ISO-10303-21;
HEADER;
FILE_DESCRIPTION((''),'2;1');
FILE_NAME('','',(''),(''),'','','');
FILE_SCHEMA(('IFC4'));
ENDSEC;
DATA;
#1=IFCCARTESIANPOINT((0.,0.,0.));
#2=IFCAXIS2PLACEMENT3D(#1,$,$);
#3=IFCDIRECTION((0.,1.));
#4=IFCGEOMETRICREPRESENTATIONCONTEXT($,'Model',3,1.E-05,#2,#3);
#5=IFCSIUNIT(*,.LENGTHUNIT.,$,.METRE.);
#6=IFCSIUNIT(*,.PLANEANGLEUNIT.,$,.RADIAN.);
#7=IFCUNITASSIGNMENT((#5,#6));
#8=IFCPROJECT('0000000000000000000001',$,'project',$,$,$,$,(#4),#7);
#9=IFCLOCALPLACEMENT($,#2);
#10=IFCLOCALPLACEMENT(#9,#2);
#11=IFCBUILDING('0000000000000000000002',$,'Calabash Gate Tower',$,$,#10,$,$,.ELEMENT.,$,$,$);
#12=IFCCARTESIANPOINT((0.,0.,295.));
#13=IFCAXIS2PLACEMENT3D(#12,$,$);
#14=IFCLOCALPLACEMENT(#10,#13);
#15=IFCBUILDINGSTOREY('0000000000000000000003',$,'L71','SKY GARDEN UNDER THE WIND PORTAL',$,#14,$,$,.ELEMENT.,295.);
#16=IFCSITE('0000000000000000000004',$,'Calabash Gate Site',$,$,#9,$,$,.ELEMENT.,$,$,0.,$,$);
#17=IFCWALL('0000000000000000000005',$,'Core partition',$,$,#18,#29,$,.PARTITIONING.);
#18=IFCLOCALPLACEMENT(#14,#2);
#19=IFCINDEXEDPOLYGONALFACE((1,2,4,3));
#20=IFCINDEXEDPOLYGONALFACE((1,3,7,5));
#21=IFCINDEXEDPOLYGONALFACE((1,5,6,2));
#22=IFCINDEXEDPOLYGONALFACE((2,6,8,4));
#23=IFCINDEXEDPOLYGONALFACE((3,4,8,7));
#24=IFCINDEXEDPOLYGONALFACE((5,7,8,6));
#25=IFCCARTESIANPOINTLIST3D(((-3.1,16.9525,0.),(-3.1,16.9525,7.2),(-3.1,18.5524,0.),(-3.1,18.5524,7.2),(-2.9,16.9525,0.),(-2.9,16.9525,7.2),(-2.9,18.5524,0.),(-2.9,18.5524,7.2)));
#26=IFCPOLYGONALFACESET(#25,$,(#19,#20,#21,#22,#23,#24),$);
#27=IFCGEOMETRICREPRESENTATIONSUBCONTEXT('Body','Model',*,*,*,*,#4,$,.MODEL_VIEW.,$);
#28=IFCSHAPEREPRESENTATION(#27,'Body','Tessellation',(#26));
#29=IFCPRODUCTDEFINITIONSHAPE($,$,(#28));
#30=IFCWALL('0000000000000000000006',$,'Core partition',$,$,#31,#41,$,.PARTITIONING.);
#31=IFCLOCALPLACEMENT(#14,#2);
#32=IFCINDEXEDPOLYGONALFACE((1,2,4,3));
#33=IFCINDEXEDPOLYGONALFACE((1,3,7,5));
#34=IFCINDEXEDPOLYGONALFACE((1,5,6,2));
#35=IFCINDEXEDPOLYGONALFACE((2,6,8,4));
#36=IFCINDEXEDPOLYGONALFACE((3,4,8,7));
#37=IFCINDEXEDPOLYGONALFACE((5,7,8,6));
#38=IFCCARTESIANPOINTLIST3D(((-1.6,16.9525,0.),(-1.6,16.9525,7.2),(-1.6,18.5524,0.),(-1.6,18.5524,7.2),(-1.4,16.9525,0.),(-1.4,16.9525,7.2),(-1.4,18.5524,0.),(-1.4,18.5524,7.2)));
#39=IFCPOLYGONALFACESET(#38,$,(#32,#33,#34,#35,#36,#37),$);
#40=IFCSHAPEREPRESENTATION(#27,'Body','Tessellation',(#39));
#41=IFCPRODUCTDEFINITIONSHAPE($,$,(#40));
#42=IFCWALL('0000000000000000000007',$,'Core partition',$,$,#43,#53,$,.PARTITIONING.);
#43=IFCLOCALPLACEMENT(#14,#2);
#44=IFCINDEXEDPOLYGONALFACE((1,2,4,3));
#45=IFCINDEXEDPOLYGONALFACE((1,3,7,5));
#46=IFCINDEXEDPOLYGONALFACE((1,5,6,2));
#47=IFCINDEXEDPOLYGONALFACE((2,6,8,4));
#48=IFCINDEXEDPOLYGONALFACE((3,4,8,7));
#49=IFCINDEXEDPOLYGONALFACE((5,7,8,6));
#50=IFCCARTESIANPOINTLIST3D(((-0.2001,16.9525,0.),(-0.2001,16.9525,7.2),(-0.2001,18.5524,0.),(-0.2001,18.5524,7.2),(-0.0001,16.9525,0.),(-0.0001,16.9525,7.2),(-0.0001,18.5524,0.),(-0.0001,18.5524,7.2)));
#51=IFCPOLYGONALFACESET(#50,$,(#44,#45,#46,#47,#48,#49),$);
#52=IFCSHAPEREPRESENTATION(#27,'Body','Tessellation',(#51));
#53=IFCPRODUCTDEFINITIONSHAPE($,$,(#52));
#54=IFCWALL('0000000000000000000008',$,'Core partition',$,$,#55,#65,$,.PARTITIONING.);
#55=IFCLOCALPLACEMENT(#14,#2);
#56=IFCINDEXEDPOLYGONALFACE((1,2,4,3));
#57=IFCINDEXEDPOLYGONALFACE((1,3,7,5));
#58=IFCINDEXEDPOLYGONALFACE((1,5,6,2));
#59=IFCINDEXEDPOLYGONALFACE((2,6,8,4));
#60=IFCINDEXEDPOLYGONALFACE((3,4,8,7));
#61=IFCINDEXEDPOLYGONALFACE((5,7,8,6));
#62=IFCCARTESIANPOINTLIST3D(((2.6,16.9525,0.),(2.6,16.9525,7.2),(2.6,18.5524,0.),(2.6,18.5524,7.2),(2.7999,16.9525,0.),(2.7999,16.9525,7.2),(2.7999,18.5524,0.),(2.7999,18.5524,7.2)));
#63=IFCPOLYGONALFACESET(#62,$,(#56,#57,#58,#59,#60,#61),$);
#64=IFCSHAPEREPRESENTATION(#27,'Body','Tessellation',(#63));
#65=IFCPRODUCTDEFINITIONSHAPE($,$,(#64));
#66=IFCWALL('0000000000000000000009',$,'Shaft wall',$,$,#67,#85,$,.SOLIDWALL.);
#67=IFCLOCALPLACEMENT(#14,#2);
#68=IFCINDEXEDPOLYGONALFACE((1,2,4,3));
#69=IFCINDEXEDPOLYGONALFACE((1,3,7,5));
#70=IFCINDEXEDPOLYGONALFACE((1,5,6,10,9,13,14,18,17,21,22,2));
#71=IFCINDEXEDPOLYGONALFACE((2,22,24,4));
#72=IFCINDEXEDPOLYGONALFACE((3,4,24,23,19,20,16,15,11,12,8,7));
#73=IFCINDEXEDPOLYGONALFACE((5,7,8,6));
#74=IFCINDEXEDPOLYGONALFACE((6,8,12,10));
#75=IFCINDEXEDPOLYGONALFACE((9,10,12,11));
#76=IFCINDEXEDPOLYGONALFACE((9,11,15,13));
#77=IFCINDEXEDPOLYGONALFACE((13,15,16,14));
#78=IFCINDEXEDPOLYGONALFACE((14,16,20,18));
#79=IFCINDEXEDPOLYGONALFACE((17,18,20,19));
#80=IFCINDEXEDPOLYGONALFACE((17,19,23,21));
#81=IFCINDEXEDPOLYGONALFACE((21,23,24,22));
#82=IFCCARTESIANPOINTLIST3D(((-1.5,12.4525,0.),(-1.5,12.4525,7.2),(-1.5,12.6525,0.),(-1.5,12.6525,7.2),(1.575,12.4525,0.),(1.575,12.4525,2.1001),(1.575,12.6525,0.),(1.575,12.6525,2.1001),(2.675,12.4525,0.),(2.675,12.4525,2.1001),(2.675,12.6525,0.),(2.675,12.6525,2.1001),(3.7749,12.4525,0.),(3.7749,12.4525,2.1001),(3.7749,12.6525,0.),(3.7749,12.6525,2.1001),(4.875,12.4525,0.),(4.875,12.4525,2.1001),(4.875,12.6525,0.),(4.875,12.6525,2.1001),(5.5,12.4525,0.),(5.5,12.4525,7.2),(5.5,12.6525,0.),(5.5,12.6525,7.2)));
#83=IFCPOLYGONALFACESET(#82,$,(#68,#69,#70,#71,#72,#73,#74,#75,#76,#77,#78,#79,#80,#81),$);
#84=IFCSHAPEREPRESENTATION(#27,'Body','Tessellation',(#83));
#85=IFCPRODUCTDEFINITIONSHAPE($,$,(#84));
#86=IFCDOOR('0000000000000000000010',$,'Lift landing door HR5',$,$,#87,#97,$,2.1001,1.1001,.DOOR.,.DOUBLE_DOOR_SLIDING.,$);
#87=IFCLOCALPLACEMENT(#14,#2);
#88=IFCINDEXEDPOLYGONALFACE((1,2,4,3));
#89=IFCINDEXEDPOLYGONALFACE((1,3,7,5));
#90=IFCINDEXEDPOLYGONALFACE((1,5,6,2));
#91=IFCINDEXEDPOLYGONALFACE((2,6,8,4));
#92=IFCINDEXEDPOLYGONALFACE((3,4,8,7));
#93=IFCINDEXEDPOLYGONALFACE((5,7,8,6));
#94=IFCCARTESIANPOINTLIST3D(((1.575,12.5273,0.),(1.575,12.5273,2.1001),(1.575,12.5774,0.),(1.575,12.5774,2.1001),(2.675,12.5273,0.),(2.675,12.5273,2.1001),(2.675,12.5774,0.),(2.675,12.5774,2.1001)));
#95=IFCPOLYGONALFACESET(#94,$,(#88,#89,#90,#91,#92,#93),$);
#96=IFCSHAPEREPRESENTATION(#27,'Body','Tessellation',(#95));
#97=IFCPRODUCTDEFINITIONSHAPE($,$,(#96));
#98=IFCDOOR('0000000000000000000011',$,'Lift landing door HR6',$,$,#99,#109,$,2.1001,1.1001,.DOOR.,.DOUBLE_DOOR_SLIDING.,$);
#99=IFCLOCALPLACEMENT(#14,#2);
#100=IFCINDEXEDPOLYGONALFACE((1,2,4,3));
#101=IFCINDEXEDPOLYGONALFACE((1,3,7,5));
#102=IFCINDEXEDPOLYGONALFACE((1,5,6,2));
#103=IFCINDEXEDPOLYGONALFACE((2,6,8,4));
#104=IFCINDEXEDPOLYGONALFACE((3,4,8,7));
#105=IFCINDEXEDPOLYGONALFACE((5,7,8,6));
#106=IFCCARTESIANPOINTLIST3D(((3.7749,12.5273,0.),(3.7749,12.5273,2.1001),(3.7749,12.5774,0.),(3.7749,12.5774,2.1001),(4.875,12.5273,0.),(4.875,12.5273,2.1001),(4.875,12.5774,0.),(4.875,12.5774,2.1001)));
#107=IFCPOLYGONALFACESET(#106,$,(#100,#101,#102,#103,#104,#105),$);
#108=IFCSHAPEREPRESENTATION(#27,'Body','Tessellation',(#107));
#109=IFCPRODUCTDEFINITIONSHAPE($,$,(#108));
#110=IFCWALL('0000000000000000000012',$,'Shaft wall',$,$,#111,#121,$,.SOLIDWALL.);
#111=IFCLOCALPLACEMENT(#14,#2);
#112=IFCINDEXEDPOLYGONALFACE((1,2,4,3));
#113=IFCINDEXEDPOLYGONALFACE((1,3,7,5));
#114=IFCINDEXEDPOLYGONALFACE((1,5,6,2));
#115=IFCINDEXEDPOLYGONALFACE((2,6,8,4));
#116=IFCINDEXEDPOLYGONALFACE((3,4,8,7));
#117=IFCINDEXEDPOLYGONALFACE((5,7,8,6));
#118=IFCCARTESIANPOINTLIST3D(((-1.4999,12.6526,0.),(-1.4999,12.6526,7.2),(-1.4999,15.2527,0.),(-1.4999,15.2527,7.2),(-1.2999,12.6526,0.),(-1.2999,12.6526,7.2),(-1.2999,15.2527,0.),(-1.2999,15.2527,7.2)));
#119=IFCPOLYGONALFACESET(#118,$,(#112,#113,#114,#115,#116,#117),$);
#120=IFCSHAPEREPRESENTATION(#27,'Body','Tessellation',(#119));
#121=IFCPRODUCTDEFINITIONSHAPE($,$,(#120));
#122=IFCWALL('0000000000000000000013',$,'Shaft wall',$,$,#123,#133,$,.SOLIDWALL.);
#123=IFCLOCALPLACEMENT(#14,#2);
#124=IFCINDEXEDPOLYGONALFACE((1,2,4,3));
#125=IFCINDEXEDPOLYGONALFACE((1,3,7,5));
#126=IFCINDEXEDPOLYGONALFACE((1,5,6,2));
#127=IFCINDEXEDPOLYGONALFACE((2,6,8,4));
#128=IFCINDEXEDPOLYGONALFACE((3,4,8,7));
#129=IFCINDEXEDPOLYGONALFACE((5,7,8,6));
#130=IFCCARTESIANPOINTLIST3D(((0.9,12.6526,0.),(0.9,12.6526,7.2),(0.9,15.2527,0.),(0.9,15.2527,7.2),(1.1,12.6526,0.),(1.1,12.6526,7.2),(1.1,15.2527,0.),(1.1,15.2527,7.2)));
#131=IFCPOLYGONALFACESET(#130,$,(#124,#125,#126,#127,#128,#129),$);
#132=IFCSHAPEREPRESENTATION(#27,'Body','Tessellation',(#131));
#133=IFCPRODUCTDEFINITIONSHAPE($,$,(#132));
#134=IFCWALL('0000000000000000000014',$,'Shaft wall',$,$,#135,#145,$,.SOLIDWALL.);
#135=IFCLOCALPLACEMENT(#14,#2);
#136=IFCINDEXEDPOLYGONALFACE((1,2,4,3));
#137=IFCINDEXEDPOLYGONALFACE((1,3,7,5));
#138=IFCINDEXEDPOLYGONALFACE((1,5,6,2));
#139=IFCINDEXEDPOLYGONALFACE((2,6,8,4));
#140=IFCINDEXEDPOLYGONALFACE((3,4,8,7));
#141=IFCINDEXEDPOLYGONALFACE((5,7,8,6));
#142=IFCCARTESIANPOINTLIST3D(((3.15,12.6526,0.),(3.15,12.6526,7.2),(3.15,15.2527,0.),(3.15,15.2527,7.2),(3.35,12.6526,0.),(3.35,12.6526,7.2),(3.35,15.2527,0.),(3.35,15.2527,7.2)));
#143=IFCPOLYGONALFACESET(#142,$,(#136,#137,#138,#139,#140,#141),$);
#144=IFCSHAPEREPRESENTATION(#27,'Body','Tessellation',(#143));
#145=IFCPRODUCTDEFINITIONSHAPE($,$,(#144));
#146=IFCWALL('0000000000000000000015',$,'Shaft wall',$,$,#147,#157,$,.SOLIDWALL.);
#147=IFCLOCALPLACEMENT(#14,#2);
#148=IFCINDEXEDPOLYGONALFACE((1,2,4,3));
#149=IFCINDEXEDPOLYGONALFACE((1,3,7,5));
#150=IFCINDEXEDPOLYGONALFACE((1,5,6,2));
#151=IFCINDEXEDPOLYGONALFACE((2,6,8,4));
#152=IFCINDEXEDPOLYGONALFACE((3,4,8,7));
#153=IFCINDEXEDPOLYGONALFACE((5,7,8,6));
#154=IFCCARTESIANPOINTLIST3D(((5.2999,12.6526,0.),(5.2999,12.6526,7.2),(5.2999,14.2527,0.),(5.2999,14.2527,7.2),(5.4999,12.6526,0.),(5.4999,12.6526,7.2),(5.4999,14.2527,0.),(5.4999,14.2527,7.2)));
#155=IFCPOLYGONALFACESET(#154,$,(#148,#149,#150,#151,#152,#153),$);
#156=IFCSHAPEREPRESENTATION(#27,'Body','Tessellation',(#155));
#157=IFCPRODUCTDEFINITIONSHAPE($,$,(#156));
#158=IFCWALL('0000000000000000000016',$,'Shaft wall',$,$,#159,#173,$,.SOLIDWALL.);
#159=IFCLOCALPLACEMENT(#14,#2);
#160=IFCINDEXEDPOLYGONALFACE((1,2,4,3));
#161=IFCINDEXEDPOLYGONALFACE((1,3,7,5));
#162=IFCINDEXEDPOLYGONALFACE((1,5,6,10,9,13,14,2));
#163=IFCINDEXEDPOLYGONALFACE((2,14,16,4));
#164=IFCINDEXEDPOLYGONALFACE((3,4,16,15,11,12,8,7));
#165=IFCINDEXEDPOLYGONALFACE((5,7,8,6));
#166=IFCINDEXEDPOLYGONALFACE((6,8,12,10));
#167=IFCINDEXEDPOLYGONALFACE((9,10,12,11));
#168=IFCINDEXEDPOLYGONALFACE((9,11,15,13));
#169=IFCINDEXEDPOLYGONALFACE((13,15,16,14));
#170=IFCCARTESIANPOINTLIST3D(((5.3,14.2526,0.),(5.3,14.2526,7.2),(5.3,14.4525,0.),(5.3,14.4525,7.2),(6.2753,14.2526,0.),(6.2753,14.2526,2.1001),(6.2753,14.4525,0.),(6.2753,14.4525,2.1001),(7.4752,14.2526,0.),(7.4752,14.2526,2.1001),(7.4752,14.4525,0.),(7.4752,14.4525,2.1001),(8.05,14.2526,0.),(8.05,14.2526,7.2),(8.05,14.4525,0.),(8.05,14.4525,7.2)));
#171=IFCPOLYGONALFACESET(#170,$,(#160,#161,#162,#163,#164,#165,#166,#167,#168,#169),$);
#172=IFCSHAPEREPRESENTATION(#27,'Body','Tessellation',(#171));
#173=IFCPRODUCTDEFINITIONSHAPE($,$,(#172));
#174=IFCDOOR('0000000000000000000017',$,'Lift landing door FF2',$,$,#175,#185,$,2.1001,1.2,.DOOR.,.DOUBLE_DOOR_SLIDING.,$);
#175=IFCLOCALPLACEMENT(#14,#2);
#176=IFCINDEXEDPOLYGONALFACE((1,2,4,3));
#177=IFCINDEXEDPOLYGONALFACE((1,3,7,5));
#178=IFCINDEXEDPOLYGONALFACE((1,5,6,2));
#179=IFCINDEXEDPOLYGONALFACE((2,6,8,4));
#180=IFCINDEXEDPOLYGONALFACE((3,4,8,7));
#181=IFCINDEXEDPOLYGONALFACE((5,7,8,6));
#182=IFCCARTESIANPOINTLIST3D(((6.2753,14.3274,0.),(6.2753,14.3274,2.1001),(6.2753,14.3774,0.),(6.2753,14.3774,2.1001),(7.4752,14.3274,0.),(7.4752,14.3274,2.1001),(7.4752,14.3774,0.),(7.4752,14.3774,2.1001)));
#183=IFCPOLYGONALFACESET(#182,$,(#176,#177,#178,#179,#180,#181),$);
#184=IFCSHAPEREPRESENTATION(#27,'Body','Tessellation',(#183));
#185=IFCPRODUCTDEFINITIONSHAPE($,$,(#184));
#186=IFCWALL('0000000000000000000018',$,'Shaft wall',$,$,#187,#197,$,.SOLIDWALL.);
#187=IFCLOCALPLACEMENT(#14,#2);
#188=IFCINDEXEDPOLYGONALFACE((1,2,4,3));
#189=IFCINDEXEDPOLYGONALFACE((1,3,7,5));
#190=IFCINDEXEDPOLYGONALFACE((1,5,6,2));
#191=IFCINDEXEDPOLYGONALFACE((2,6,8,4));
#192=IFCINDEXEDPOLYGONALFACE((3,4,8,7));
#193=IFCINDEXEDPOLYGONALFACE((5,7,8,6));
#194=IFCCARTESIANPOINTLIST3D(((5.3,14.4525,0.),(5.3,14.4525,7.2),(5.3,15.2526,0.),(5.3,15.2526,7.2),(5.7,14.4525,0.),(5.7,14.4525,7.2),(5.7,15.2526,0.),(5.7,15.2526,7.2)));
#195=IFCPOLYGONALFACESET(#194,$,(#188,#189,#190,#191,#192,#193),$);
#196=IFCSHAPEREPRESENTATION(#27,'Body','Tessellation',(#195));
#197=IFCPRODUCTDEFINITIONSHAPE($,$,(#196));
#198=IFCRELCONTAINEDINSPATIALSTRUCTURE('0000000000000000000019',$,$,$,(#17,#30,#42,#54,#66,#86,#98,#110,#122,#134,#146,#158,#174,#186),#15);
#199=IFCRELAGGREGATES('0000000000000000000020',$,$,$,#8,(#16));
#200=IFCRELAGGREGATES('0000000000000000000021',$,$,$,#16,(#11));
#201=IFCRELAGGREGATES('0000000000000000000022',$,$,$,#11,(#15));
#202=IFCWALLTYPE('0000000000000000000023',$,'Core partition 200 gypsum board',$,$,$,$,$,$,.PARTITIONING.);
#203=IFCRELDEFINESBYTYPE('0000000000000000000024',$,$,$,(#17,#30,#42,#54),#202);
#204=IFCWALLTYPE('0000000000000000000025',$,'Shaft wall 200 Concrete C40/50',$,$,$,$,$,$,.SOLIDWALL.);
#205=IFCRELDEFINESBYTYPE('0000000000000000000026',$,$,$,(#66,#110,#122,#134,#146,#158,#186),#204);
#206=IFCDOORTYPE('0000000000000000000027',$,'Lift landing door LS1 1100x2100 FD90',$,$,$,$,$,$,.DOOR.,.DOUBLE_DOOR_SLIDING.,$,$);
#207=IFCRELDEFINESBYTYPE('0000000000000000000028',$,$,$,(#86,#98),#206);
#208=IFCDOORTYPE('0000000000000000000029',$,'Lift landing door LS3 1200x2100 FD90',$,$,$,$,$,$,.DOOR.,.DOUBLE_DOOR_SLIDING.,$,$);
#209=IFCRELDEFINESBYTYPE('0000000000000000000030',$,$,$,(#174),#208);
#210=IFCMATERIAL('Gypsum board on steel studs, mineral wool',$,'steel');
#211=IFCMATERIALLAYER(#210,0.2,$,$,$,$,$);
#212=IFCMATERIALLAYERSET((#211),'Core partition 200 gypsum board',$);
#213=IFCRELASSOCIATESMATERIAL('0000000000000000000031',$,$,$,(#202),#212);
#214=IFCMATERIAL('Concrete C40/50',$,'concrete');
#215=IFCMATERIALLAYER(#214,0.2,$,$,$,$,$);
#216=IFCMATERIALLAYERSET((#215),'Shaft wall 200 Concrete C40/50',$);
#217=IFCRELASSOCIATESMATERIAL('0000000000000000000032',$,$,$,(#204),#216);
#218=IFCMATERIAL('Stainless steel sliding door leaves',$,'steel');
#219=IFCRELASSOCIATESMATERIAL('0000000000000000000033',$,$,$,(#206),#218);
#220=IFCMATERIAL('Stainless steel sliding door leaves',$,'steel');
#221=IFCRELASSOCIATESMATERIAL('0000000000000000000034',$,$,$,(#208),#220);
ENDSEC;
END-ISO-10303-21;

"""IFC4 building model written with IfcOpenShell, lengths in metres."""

from ifc_helpers import new_model, si_unit, direction, frame, frame_2d, origin, place, context, subcontext, project, spatial, rectangle, extrude, material, layer, layer_set, type_object, element, fill, save


model = new_model("IFC4")

# Units and contexts
model_context = context("Model", 3, precision=1e-05, world=origin(), true_north=direction((0.0, 1.0)))
body_context = subcontext(model_context, "Body", "Model", "MODEL_VIEW")
ifc_project = project(units=[si_unit("LENGTHUNIT", "METRE"), si_unit("PLANEANGLEUNIT", "RADIAN")], contexts=[model_context])

# Site, building, storey
site_placement = place(None, origin())
site = spatial("IfcSite", under=ifc_project, at=site_placement, Name="Calabash Gate Site", CompositionType="ELEMENT", RefElevation=0.0)
building_placement = place(site_placement, origin())
building = spatial("IfcBuilding", under=site, at=building_placement, Name="Calabash Gate Tower", CompositionType="ELEMENT")
storey_placement = place(building_placement, frame((0.0, 0.0, 295.0)))
storey = spatial("IfcBuildingStorey", under=building, at=storey_placement, Name="L71", Description="SKY GARDEN UNDER THE WIND PORTAL", CompositionType="ELEMENT", Elevation=295.0)

# Walls
ifc_material_1 = material(Name="Gypsum board on steel studs, mineral wool", Category="steel")
ifc_layer_1 = layer(ifc_material_1, 0.2)
ifc_layer_set_1 = layer_set([ifc_layer_1], Name="Core partition 200 gypsum board")
wall_type_1 = type_object("IfcWallType", Name="Core partition 200 gypsum board", PredefinedType="PARTITIONING", material=ifc_layer_set_1)
for number, where, z_axis, x_axis, name in (
    (1, (-3.0, 16.9526, 0.0), (0.0, 0.0, 1.0), (0.0, 1.0, 0.0), "Core partition"),
    (2, (-1.5, 16.9526, 0.0), (0.0, 0.0, 1.0), (0.0, 1.0, 0.0), "Core partition"),
    (3, (-0.1001, 16.9526, 0.0), (0.0, 0.0, 1.0), (0.0, 1.0, 0.0), "Core partition"),
    (4, (2.7, 16.9526, 0.0), (0.0, 0.0, 1.0), (0.0, 1.0, 0.0), "Core partition"),
):
    element("IfcWall", number, at=place(storey_placement, frame(where, z_axis=z_axis, x_axis=x_axis)), inside=storey, type_object=wall_type_1, Name=name, PredefinedType="PARTITIONING", context=body_context, shape_type="SweptSolid", body=[
        extrude(rectangle(XDim=1.5999, YDim=0.2, at=frame_2d((0.7998, 0.0))), origin(), (0.0, 0.0, 1.0), 7.2),
    ])

# Wall, openings, doors
ifc_material_2 = material(Name="Concrete C40/50", Category="concrete")
ifc_layer_2 = layer(ifc_material_2, 0.2)
ifc_layer_set_2 = layer_set([ifc_layer_2], Name="Shaft wall 200 Concrete C40/50")
wall_type_2 = type_object("IfcWallType", Name="Shaft wall 200 Concrete C40/50", PredefinedType="SOLIDWALL", material=ifc_layer_set_2)
wall_1_placement = place(storey_placement, frame((-1.5, 12.5525, 0.0), z_axis=(0.0, 0.0, 1.0), x_axis=(1.0, 0.0, 0.0)))
wall_1 = element("IfcWall", 5, at=wall_1_placement, inside=storey, type_object=wall_type_2, Name="Shaft wall", PredefinedType="SOLIDWALL", context=body_context, shape_type="SweptSolid", body=[
    extrude(rectangle(XDim=7.0, YDim=0.2, at=frame_2d((3.5, 0.0))), origin(), (0.0, 0.0, 1.0), 7.2),
])
opening_1_placement = place(wall_1_placement, frame((3.075, 0.0, 0.0)))
opening_1 = element("IfcOpeningElement", 6, at=opening_1_placement, cuts=wall_1, PredefinedType="OPENING", context=body_context, shape_type="SweptSolid", body=[
    extrude(rectangle(XDim=1.1001, YDim=2.1001, at=frame_2d((0.55, 1.05))), frame((0.0, 0.1099, 0.0), z_axis=(0.0, -1.0, 0.0), x_axis=(1.0, 0.0, 0.0)), (0.0, 0.0, 1.0), 0.22),
])
opening_2_placement = place(wall_1_placement, frame((5.2749, 0.0, 0.0)))
opening_2 = element("IfcOpeningElement", 7, at=opening_2_placement, cuts=wall_1, PredefinedType="OPENING", context=body_context, shape_type="SweptSolid", body=[
    extrude(rectangle(XDim=1.1001, YDim=2.1001, at=frame_2d((0.55, 1.05))), frame((0.0, 0.1099, 0.0), z_axis=(0.0, -1.0, 0.0), x_axis=(1.0, 0.0, 0.0)), (0.0, 0.0, 1.0), 0.22),
])
ifc_material_3 = material(Name="Stainless steel sliding door leaves", Category="steel")
door_type_1 = type_object("IfcDoorType", Name="Lift landing door LS1 1100x2100 FD90", OperationType="DOUBLE_DOOR_SLIDING", PredefinedType="DOOR", material=ifc_material_3)
door_1_placement = place(opening_1_placement, origin())
door_1 = element("IfcDoor", 8, at=door_1_placement, inside=storey, type_object=door_type_1, Name="Lift landing door HR5", OperationType="DOUBLE_DOOR_SLIDING", OverallHeight=2.1001, OverallWidth=1.1001, PredefinedType="DOOR", context=body_context, shape_type="SweptSolid", body=[
    extrude(rectangle(XDim=1.1001, YDim=2.1001, at=frame_2d((0.55, 1.05))), frame((0.0, 0.0249, 0.0), z_axis=(0.0, -1.0, 0.0), x_axis=(1.0, 0.0, 0.0)), (0.0, 0.0, 1.0), 0.05),
])
fill(opening_1, door_1)
door_2_placement = place(opening_2_placement, origin())
door_2 = element("IfcDoor", 9, at=door_2_placement, inside=storey, type_object=door_type_1, Name="Lift landing door HR6", OperationType="DOUBLE_DOOR_SLIDING", OverallHeight=2.1001, OverallWidth=1.1001, PredefinedType="DOOR", context=body_context, shape_type="SweptSolid", body=[
    extrude(rectangle(XDim=1.1001, YDim=2.1001, at=frame_2d((0.55, 1.05))), frame((0.0, 0.0249, 0.0), z_axis=(0.0, -1.0, 0.0), x_axis=(1.0, 0.0, 0.0)), (0.0, 0.0, 1.0), 0.05),
])
fill(opening_2, door_2)

# Walls
for number, where, z_axis, x_axis, name in (
    (10, (-1.3999, 12.6526, 0.0), (0.0, 0.0, 1.0), (0.0, 1.0, 0.0), "Shaft wall"),
    (11, (1.0, 12.6526, 0.0), (0.0, 0.0, 1.0), (0.0, 1.0, 0.0), "Shaft wall"),
    (12, (3.25, 12.6526, 0.0), (0.0, 0.0, 1.0), (0.0, 1.0, 0.0), "Shaft wall"),
):
    element("IfcWall", number, at=place(storey_placement, frame(where, z_axis=z_axis, x_axis=x_axis)), inside=storey, type_object=wall_type_2, Name=name, PredefinedType="SOLIDWALL", context=body_context, shape_type="SweptSolid", body=[
        extrude(rectangle(XDim=2.6001, YDim=0.2, at=frame_2d((1.3, 0.0))), origin(), (0.0, 0.0, 1.0), 7.2),
    ])
wall_2_placement = place(storey_placement, frame((5.3999, 12.6526, 0.0), z_axis=(0.0, 0.0, 1.0), x_axis=(0.0, 1.0, 0.0)))
element("IfcWall", 13, at=wall_2_placement, inside=storey, type_object=wall_type_2, Name="Shaft wall", PredefinedType="SOLIDWALL", context=body_context, shape_type="SweptSolid", body=[
    extrude(rectangle(XDim=1.6001, YDim=0.2, at=frame_2d((0.8, 0.0))), origin(), (0.0, 0.0, 1.0), 7.2),
])

# Wall, opening, door
wall_3_placement = place(storey_placement, frame((5.3, 14.3525, 0.0), z_axis=(0.0, 0.0, 1.0), x_axis=(1.0, 0.0, 0.0)))
wall_3 = element("IfcWall", 14, at=wall_3_placement, inside=storey, type_object=wall_type_2, Name="Shaft wall", PredefinedType="SOLIDWALL", context=body_context, shape_type="SweptSolid", body=[
    extrude(rectangle(XDim=2.75, YDim=0.2, at=frame_2d((1.375, 0.0))), origin(), (0.0, 0.0, 1.0), 7.2),
])
opening_3_placement = place(wall_3_placement, frame((0.9751, 0.0, 0.0)))
opening_3 = element("IfcOpeningElement", 15, at=opening_3_placement, cuts=wall_3, PredefinedType="OPENING", context=body_context, shape_type="SweptSolid", body=[
    extrude(rectangle(XDim=1.2, YDim=2.1001, at=frame_2d((0.6001, 1.05))), frame((0.0, 0.1099, 0.0), z_axis=(0.0, -1.0, 0.0), x_axis=(1.0, 0.0, 0.0)), (0.0, 0.0, 1.0), 0.22),
])
ifc_material_4 = material(Name="Stainless steel sliding door leaves", Category="steel")
door_type_2 = type_object("IfcDoorType", Name="Lift landing door LS3 1200x2100 FD90", OperationType="DOUBLE_DOOR_SLIDING", PredefinedType="DOOR", material=ifc_material_4)
door_3_placement = place(opening_3_placement, origin())
door_3 = element("IfcDoor", 16, at=door_3_placement, inside=storey, type_object=door_type_2, Name="Lift landing door FF2", OperationType="DOUBLE_DOOR_SLIDING", OverallHeight=2.1001, OverallWidth=1.2, PredefinedType="DOOR", context=body_context, shape_type="SweptSolid", body=[
    extrude(rectangle(XDim=1.2, YDim=2.1001, at=frame_2d((0.6001, 1.05))), frame((0.0, 0.0249, 0.0), z_axis=(0.0, -1.0, 0.0), x_axis=(1.0, 0.0, 0.0)), (0.0, 0.0, 1.0), 0.05),
])
fill(opening_3, door_3)

# Wall
wall_4_placement = place(storey_placement, frame((5.5, 14.4526, 0.0), z_axis=(0.0, 0.0, 1.0), x_axis=(0.0, 1.0, 0.0)))
element("IfcWall", 17, at=wall_4_placement, inside=storey, type_object=wall_type_2, Name="Shaft wall", PredefinedType="SOLIDWALL", context=body_context, shape_type="SweptSolid", body=[
    extrude(rectangle(XDim=0.8, YDim=0.3999, at=frame_2d((0.3999, 0.0))), origin(), (0.0, 0.0, 1.0), 7.2),
])

save(model, "model.ifc")
